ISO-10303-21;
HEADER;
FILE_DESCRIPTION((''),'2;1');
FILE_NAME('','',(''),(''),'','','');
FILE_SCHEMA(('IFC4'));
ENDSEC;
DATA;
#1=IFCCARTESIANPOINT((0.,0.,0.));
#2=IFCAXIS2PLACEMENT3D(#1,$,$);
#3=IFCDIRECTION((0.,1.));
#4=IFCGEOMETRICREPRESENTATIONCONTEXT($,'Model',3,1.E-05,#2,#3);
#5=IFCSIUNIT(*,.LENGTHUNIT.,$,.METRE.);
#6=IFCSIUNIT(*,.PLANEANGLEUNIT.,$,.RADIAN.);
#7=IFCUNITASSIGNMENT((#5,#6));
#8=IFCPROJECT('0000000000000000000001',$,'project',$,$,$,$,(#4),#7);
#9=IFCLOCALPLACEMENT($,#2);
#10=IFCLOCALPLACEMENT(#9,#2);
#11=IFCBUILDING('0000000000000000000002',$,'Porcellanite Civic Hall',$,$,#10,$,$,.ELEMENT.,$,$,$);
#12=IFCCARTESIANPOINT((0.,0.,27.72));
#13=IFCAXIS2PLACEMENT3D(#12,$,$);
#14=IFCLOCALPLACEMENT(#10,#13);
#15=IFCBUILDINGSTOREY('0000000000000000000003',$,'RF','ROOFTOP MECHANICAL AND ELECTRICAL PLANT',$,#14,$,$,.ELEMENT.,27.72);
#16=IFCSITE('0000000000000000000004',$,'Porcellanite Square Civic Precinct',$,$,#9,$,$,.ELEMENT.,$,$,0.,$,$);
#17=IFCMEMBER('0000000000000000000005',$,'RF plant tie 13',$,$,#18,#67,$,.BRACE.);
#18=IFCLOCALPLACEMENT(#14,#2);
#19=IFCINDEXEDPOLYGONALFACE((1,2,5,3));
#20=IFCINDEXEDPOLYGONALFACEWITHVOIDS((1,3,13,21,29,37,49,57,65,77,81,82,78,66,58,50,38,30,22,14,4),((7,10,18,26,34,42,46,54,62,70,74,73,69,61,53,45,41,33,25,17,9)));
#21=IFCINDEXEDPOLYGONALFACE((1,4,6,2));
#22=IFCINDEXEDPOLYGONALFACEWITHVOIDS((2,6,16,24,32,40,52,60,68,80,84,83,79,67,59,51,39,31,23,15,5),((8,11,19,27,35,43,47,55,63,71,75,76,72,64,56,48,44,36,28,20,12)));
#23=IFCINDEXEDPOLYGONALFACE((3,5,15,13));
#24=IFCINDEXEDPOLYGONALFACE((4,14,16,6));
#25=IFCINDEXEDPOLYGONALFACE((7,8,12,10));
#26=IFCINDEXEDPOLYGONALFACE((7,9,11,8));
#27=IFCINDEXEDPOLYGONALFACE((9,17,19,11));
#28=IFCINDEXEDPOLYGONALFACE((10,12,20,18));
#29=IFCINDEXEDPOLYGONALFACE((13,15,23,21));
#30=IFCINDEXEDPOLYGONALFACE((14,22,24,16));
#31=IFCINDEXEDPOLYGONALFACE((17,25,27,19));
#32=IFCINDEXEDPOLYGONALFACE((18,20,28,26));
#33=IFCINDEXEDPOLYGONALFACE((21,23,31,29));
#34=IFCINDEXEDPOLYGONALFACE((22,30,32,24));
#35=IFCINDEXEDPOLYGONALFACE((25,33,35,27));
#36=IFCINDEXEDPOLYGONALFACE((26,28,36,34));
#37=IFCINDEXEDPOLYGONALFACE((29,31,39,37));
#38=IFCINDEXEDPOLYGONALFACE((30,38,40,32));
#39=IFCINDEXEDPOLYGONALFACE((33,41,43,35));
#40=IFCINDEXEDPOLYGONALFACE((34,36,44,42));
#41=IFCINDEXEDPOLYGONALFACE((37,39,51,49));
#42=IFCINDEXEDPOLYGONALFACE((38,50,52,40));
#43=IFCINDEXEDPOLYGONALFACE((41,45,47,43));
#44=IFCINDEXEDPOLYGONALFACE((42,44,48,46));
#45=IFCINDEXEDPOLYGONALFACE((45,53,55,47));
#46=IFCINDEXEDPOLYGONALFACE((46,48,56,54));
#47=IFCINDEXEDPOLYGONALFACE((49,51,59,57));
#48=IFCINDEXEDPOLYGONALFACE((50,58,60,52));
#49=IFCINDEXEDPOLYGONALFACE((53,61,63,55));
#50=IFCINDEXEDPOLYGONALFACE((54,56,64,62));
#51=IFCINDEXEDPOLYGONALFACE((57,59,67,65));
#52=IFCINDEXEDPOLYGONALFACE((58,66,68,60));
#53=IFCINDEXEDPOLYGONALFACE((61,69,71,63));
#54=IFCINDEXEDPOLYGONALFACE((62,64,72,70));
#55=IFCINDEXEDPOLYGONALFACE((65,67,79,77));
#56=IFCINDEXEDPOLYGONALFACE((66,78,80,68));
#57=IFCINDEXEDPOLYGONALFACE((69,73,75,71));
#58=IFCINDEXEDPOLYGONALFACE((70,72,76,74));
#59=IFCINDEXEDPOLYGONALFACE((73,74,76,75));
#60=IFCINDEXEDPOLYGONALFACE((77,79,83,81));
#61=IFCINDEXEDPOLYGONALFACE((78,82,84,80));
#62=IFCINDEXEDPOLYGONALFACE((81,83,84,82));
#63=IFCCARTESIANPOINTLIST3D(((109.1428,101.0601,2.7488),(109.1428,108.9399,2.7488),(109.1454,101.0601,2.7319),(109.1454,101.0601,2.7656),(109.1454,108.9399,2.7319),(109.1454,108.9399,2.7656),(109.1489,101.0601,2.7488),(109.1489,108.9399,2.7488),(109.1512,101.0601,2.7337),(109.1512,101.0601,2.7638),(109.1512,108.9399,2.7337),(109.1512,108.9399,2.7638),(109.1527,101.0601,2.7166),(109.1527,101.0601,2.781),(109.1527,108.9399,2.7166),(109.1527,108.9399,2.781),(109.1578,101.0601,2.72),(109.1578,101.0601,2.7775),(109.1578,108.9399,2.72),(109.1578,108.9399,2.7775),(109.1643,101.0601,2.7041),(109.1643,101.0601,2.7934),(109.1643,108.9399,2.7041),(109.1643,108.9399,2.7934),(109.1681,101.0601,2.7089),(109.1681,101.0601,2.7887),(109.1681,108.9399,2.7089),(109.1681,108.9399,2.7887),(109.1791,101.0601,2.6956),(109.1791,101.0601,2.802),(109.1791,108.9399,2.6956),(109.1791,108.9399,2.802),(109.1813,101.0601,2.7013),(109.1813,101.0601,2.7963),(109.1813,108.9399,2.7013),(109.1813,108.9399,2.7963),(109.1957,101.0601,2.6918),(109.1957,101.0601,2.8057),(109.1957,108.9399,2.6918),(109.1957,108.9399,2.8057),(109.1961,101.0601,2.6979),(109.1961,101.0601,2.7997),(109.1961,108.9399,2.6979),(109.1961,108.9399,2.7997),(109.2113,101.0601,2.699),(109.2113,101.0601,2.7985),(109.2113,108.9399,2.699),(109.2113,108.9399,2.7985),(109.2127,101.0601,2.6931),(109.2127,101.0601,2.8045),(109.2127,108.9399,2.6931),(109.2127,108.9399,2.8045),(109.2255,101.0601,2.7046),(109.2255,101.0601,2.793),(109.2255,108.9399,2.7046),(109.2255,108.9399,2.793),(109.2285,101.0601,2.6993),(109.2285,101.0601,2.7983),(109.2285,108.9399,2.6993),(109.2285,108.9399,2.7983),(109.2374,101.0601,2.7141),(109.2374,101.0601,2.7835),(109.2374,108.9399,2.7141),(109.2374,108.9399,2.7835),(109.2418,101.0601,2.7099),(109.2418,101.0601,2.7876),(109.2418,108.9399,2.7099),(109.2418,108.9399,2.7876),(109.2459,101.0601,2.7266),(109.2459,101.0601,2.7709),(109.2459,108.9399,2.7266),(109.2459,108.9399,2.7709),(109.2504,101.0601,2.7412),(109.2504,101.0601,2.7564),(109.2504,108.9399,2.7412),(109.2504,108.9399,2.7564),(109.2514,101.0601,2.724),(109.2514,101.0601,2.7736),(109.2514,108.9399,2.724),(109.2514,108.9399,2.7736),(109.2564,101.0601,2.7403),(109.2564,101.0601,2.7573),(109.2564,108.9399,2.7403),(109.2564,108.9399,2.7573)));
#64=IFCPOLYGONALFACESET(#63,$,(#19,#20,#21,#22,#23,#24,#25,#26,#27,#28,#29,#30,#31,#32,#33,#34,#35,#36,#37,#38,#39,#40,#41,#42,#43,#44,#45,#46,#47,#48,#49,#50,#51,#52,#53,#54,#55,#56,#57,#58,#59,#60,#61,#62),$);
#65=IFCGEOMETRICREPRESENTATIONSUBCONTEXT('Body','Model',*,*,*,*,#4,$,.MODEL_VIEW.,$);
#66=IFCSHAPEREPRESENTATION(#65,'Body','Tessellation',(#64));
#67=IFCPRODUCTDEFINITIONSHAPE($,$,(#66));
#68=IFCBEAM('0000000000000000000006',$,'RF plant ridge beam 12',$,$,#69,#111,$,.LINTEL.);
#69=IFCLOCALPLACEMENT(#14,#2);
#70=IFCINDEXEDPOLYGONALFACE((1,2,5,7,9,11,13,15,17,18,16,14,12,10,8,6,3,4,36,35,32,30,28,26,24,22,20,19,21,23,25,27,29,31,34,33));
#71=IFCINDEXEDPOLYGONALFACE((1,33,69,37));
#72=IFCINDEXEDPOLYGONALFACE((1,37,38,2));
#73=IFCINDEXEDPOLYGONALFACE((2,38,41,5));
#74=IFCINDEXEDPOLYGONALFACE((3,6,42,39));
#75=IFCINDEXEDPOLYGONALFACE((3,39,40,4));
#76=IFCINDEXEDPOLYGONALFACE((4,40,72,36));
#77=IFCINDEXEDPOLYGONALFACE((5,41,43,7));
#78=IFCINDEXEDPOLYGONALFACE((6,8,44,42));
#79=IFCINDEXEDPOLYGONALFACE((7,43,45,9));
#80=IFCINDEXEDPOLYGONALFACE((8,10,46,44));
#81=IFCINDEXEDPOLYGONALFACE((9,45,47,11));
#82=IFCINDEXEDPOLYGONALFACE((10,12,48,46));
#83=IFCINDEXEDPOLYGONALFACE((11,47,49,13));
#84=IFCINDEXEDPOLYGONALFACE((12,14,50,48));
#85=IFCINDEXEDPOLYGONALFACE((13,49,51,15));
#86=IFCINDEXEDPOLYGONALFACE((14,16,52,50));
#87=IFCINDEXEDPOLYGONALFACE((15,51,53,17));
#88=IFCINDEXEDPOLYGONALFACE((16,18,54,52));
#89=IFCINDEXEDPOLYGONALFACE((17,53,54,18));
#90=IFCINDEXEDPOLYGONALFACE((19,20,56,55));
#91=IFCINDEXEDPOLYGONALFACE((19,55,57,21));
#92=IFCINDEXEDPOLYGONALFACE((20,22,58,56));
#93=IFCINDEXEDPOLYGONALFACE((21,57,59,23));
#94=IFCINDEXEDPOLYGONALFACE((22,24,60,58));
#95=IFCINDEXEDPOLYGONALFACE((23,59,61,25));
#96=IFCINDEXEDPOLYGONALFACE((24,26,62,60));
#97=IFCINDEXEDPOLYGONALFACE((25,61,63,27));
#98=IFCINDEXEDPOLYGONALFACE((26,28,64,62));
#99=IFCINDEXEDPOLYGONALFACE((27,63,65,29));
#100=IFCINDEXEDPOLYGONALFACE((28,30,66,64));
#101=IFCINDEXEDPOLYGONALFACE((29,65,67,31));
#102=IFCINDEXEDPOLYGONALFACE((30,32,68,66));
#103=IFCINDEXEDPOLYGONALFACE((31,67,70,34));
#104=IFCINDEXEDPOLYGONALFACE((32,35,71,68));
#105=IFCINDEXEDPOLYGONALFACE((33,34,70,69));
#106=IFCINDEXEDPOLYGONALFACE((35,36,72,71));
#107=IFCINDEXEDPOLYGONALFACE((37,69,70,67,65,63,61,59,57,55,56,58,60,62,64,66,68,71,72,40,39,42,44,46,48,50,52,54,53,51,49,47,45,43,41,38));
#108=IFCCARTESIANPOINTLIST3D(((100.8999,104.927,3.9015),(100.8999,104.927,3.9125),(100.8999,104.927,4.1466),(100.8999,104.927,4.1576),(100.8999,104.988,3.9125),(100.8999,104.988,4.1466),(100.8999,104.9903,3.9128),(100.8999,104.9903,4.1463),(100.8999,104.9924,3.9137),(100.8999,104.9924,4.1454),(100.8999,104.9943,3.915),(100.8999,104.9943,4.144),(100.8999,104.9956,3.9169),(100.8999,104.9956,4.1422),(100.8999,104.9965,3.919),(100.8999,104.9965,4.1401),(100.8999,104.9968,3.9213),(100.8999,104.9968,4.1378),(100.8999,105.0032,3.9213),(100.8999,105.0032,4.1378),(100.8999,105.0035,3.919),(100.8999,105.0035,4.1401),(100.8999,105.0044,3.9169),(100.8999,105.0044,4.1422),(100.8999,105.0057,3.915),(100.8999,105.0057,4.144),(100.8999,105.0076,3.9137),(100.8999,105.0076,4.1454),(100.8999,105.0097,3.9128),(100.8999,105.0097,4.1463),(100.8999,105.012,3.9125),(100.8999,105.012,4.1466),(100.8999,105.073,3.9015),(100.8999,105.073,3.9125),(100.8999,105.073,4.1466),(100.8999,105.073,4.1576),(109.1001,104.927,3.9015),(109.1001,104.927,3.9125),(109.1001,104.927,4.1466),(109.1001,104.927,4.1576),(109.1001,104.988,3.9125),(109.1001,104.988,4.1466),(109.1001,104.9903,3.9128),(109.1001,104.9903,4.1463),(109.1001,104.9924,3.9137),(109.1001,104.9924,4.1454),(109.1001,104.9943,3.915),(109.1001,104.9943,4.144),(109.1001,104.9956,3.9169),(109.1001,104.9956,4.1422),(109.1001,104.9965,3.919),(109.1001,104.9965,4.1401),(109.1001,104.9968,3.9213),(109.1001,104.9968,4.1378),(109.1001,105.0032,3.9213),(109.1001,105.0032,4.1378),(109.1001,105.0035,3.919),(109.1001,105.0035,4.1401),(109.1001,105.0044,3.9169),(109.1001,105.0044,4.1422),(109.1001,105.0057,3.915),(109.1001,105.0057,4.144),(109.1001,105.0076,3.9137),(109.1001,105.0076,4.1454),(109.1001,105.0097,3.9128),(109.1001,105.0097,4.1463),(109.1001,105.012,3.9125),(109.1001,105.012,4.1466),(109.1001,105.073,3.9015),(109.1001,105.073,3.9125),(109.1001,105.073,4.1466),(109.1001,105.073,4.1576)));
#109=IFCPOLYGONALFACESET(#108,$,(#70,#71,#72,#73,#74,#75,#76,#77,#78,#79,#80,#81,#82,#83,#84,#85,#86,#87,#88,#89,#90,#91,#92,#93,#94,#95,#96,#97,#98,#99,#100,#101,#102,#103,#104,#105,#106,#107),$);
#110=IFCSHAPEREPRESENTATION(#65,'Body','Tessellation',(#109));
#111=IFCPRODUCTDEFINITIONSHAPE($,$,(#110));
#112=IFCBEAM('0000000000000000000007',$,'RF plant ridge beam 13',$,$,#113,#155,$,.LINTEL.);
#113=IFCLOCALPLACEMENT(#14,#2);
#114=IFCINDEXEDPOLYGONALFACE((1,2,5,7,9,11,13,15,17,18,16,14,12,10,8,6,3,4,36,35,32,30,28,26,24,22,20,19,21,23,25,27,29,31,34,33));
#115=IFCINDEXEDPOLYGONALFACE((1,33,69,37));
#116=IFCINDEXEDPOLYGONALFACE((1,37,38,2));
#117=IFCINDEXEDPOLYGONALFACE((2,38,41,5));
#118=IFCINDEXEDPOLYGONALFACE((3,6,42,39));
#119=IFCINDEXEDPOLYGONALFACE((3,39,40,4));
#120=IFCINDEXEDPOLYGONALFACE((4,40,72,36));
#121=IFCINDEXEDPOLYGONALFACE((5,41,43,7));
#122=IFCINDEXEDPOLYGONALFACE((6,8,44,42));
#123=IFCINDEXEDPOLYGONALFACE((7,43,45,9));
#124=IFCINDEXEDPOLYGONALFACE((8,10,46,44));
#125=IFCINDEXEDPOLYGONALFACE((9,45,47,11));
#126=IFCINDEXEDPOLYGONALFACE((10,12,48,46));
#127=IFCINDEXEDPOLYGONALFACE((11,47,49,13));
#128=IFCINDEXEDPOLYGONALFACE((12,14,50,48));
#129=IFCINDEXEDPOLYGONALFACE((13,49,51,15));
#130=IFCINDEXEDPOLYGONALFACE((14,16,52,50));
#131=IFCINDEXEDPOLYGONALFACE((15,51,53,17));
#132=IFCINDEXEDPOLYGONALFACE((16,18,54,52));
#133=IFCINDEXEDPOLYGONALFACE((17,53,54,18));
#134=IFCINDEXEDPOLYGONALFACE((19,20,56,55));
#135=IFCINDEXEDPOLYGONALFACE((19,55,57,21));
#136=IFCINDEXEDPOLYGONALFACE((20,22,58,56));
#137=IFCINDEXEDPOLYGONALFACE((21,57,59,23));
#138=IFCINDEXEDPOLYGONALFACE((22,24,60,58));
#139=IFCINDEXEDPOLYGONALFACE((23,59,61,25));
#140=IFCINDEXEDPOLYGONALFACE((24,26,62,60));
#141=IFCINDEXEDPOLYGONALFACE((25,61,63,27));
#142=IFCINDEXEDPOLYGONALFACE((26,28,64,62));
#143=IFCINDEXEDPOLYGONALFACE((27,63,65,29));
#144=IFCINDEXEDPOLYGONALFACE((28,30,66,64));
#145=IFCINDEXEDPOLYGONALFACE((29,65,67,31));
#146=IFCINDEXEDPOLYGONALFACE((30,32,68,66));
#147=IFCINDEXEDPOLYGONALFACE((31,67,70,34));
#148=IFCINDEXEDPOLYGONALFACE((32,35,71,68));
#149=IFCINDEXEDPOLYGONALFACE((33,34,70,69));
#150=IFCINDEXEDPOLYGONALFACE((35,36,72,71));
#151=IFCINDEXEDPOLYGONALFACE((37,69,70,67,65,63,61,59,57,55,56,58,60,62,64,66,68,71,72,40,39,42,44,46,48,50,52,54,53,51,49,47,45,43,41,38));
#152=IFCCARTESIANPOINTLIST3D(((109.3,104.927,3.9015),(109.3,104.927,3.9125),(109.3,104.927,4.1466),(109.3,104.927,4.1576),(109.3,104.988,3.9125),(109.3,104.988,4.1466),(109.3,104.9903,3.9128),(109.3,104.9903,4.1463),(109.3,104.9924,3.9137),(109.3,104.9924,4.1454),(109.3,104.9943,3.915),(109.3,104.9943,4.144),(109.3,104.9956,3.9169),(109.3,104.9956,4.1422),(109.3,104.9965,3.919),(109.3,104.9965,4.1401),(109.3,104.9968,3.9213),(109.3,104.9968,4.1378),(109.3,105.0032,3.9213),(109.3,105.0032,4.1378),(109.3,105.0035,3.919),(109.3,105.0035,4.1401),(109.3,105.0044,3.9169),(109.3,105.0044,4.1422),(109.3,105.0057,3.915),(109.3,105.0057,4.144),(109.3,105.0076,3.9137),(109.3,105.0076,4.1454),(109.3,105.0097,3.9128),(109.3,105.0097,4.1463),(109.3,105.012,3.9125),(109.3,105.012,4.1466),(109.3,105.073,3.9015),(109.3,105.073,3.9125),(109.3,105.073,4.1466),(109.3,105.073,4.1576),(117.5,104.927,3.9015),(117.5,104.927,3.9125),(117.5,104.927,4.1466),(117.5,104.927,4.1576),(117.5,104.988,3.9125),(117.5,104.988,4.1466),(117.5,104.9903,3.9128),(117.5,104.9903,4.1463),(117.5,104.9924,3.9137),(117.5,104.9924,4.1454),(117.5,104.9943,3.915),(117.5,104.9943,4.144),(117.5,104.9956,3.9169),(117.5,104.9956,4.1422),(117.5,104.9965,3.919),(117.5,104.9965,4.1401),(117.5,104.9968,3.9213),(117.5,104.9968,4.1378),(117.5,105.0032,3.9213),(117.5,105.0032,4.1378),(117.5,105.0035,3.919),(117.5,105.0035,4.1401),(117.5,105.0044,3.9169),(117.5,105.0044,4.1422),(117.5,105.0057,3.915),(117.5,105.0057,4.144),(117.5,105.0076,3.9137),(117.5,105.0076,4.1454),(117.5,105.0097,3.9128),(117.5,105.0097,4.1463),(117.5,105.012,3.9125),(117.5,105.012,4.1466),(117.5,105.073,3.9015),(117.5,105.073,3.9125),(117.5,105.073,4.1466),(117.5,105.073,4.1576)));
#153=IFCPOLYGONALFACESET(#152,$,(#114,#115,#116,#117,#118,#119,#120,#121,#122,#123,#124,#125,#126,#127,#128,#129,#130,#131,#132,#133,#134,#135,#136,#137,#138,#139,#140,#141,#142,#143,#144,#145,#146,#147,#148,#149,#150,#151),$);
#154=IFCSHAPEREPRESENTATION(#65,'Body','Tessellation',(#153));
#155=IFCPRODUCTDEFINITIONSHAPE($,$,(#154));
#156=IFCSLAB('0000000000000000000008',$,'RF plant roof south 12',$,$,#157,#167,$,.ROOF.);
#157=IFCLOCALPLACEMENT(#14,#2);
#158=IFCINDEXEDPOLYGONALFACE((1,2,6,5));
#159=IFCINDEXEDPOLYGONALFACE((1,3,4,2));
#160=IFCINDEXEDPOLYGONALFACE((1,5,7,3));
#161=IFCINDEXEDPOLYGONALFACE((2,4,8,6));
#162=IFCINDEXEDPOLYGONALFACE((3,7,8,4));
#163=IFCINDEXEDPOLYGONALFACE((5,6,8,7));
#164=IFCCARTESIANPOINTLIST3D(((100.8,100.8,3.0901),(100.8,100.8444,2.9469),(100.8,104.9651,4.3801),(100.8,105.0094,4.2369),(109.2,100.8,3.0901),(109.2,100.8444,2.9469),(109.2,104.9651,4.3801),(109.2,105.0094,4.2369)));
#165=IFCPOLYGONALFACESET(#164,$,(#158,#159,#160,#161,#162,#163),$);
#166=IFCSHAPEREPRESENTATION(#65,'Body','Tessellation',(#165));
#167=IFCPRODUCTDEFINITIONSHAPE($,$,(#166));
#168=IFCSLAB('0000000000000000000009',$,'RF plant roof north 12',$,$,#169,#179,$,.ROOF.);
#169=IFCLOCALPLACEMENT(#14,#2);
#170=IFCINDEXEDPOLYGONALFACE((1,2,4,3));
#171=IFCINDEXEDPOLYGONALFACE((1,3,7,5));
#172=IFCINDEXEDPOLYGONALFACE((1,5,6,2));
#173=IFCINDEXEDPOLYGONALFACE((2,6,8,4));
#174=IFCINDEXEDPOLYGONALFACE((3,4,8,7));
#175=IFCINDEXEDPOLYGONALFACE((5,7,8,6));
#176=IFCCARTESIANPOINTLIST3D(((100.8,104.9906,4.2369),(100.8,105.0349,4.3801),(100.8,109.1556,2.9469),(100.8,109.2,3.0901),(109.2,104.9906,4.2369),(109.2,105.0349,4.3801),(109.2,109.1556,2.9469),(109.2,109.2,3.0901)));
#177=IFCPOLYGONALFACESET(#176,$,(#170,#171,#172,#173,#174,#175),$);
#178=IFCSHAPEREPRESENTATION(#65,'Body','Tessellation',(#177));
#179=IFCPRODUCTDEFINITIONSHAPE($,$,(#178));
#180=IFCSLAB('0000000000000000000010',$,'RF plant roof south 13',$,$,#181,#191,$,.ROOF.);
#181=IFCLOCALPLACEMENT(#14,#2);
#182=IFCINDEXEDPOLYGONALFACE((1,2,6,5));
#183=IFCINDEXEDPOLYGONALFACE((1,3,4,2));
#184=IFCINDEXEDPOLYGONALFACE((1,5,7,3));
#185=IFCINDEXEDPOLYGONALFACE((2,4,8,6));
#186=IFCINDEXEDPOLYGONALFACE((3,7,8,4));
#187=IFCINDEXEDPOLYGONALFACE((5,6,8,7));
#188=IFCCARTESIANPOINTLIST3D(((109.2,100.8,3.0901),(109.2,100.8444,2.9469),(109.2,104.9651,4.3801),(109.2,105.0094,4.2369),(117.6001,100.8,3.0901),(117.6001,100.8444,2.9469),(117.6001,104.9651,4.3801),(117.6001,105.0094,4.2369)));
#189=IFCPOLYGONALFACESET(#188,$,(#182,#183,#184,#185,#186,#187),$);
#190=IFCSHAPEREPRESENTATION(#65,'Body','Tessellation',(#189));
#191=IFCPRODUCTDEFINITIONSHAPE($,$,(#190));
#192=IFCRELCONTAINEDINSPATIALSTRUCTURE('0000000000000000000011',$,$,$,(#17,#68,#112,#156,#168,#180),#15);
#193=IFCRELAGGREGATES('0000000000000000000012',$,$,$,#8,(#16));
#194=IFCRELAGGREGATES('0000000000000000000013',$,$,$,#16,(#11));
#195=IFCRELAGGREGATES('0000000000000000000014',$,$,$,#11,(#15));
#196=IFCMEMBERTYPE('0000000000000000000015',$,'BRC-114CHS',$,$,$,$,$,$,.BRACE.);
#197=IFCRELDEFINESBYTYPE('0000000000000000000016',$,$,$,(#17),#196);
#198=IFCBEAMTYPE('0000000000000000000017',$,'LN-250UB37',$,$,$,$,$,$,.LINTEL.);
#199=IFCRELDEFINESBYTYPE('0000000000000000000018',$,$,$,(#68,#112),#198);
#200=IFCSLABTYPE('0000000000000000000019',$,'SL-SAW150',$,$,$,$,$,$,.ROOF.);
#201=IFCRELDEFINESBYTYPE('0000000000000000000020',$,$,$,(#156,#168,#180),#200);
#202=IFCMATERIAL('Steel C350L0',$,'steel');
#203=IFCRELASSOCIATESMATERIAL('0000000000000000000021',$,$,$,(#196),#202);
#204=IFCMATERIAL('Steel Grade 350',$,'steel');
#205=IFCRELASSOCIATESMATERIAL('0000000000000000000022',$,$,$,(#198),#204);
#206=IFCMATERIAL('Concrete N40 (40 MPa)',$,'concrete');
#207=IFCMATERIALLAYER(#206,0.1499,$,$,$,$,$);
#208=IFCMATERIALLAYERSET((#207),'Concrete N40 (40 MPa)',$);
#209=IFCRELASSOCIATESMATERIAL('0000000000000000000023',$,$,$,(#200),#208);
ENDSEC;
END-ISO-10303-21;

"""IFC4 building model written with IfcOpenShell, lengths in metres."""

from ifc_helpers import new_model, si_unit, direction, frame, origin, origin_2d, place, context, subcontext, project, spatial, polyline, hollow_circle, i_section, outline, extrude, material, layer, layer_set, material_profile, profile_set, type_object, element, save


model = new_model("IFC4")

# Units and contexts
model_context = context("Model", 3, precision=1e-05, world=origin(), true_north=direction((0.0, 1.0)))
body_context = subcontext(model_context, "Body", "Model", "MODEL_VIEW")
ifc_project = project(units=[si_unit("LENGTHUNIT", "METRE"), si_unit("PLANEANGLEUNIT", "RADIAN")], contexts=[model_context])

# Site, building, storey
site_placement = place(None, origin())
site = spatial("IfcSite", under=ifc_project, at=site_placement, Name="Porcellanite Square Civic Precinct", CompositionType="ELEMENT", RefElevation=0.0)
building_placement = place(site_placement, origin())
building = spatial("IfcBuilding", under=site, at=building_placement, Name="Porcellanite Civic Hall", CompositionType="ELEMENT")
storey_placement = place(building_placement, frame((0.0, 0.0, 27.72)))
storey = spatial("IfcBuildingStorey", under=building, at=storey_placement, Name="RF", Description="ROOFTOP MECHANICAL AND ELECTRICAL PLANT", CompositionType="ELEMENT", Elevation=27.72)

# Member
ifc_material_1 = material(Name="Steel C350L0", Category="steel")
ifc_material_profile_1 = material_profile(ifc_material_1, hollow_circle(Radius=0.0571, WallThickness=0.0061, at=origin_2d()), Name="114.3x6.0CHS")
ifc_profile_set_1 = profile_set([ifc_material_profile_1], Name="Steel C350L0")
member_type = type_object("IfcMemberType", Name="BRC-114CHS", PredefinedType="BRACE", material=ifc_profile_set_1)
for number, where, z_axis, x_axis, name in (
    (1, (109.2, 101.0601, 2.7488), (0.0, 1.0, 0.0), (-1.0, 0.0, 0.0), "RF plant tie 13"),
):
    element("IfcMember", number, at=place(storey_placement, frame(where, z_axis=z_axis, x_axis=x_axis)), inside=storey, type_object=member_type, Name=name, PredefinedType="BRACE", context=body_context, shape_type="SweptSolid", body=[
        extrude(hollow_circle(Radius=0.0571, WallThickness=0.0061, at=origin_2d()), origin(), (0.0, 0.0, 1.0), 7.8799),
    ])

# Beams
ifc_material_2 = material(Name="Steel Grade 350", Category="steel")
ifc_material_profile_2 = material_profile(ifc_material_2, i_section(OverallWidth=0.146, OverallDepth=0.2561, WebThickness=0.0063, FlangeThickness=0.011, FilletRadius=0.0088, at=origin_2d()), Name="250UB37.3")
ifc_profile_set_2 = profile_set([ifc_material_profile_2], Name="Steel Grade 350")
beam_type_1 = type_object("IfcBeamType", Name="LN-250UB37", PredefinedType="LINTEL", material=ifc_profile_set_2)
beam_1_placement = place(storey_placement, frame((100.8999, 105.0, 4.0295), z_axis=(1.0, 0.0, 0.0), x_axis=(0.0, 1.0, 0.0)))
element("IfcBeam", 2, at=beam_1_placement, inside=storey, type_object=beam_type_1, Name="RF plant ridge beam 12", PredefinedType="LINTEL", context=body_context, shape_type="SweptSolid", body=[
    extrude(i_section(OverallWidth=0.146, OverallDepth=0.2561, WebThickness=0.0063, FlangeThickness=0.011, FilletRadius=0.0088, at=origin_2d()), origin(), (0.0, 0.0, 1.0), 8.2002),
])
beam_2_placement = place(storey_placement, frame((109.3, 105.0, 4.0295), z_axis=(1.0, 0.0, 0.0), x_axis=(0.0, 1.0, 0.0)))
element("IfcBeam", 3, at=beam_2_placement, inside=storey, type_object=beam_type_1, Name="RF plant ridge beam 13", PredefinedType="LINTEL", context=body_context, shape_type="SweptSolid", body=[
    extrude(i_section(OverallWidth=0.146, OverallDepth=0.2561, WebThickness=0.0063, FlangeThickness=0.011, FilletRadius=0.0088, at=origin_2d()), origin(), (0.0, 0.0, 1.0), 8.2),
])

# Slabs
ifc_material_3 = material(Name="Concrete N40 (40 MPa)", Category="concrete")
ifc_layer_1 = layer(ifc_material_3, 0.1499)
ifc_layer_set_1 = layer_set([ifc_layer_1], Name="Concrete N40 (40 MPa)")
slab_type = type_object("IfcSlabType", Name="SL-SAW150", PredefinedType="ROOF", material=ifc_layer_set_1)
for number, where, z_axis, x_axis, name in (
    (4, (100.8, 100.8, 3.0901), (0.0, -0.295864, 0.95523), (1.0, 0.0, 0.0), "RF plant roof south 12"),
    (5, (100.8, 105.0349, 4.3801), (0.0, 0.295864, 0.95523), (1.0, 0.0, 0.0), "RF plant roof north 12"),
):
    element("IfcSlab", number, at=place(storey_placement, frame(where, z_axis=z_axis, x_axis=x_axis)), inside=storey, type_object=slab_type, Name=name, PredefinedType="ROOF", context=body_context, shape_type="SweptSolid", body=[
        extrude(outline(polyline([(0.0, 0.0), (8.3999, 0.0), (8.3999, 4.3602), (0.0, 4.3602), (0.0, 0.0)])), origin(), (0.0, 0.0, -1.0), 0.1499),
    ])
for number, where, z_axis, x_axis, name in (
    (6, (109.2, 100.8, 3.0901), (0.0, -0.295864, 0.95523), (1.0, 0.0, 0.0), "RF plant roof south 13"),
):
    element("IfcSlab", number, at=place(storey_placement, frame(where, z_axis=z_axis, x_axis=x_axis)), inside=storey, type_object=slab_type, Name=name, PredefinedType="ROOF", context=body_context, shape_type="SweptSolid", body=[
        extrude(outline(polyline([(0.0, 0.0), (8.4001, 0.0), (8.4001, 4.3602), (0.0, 4.3602), (0.0, 0.0)])), origin(), (0.0, 0.0, -1.0), 0.1499),
    ])

save(model, "model.ifc")
